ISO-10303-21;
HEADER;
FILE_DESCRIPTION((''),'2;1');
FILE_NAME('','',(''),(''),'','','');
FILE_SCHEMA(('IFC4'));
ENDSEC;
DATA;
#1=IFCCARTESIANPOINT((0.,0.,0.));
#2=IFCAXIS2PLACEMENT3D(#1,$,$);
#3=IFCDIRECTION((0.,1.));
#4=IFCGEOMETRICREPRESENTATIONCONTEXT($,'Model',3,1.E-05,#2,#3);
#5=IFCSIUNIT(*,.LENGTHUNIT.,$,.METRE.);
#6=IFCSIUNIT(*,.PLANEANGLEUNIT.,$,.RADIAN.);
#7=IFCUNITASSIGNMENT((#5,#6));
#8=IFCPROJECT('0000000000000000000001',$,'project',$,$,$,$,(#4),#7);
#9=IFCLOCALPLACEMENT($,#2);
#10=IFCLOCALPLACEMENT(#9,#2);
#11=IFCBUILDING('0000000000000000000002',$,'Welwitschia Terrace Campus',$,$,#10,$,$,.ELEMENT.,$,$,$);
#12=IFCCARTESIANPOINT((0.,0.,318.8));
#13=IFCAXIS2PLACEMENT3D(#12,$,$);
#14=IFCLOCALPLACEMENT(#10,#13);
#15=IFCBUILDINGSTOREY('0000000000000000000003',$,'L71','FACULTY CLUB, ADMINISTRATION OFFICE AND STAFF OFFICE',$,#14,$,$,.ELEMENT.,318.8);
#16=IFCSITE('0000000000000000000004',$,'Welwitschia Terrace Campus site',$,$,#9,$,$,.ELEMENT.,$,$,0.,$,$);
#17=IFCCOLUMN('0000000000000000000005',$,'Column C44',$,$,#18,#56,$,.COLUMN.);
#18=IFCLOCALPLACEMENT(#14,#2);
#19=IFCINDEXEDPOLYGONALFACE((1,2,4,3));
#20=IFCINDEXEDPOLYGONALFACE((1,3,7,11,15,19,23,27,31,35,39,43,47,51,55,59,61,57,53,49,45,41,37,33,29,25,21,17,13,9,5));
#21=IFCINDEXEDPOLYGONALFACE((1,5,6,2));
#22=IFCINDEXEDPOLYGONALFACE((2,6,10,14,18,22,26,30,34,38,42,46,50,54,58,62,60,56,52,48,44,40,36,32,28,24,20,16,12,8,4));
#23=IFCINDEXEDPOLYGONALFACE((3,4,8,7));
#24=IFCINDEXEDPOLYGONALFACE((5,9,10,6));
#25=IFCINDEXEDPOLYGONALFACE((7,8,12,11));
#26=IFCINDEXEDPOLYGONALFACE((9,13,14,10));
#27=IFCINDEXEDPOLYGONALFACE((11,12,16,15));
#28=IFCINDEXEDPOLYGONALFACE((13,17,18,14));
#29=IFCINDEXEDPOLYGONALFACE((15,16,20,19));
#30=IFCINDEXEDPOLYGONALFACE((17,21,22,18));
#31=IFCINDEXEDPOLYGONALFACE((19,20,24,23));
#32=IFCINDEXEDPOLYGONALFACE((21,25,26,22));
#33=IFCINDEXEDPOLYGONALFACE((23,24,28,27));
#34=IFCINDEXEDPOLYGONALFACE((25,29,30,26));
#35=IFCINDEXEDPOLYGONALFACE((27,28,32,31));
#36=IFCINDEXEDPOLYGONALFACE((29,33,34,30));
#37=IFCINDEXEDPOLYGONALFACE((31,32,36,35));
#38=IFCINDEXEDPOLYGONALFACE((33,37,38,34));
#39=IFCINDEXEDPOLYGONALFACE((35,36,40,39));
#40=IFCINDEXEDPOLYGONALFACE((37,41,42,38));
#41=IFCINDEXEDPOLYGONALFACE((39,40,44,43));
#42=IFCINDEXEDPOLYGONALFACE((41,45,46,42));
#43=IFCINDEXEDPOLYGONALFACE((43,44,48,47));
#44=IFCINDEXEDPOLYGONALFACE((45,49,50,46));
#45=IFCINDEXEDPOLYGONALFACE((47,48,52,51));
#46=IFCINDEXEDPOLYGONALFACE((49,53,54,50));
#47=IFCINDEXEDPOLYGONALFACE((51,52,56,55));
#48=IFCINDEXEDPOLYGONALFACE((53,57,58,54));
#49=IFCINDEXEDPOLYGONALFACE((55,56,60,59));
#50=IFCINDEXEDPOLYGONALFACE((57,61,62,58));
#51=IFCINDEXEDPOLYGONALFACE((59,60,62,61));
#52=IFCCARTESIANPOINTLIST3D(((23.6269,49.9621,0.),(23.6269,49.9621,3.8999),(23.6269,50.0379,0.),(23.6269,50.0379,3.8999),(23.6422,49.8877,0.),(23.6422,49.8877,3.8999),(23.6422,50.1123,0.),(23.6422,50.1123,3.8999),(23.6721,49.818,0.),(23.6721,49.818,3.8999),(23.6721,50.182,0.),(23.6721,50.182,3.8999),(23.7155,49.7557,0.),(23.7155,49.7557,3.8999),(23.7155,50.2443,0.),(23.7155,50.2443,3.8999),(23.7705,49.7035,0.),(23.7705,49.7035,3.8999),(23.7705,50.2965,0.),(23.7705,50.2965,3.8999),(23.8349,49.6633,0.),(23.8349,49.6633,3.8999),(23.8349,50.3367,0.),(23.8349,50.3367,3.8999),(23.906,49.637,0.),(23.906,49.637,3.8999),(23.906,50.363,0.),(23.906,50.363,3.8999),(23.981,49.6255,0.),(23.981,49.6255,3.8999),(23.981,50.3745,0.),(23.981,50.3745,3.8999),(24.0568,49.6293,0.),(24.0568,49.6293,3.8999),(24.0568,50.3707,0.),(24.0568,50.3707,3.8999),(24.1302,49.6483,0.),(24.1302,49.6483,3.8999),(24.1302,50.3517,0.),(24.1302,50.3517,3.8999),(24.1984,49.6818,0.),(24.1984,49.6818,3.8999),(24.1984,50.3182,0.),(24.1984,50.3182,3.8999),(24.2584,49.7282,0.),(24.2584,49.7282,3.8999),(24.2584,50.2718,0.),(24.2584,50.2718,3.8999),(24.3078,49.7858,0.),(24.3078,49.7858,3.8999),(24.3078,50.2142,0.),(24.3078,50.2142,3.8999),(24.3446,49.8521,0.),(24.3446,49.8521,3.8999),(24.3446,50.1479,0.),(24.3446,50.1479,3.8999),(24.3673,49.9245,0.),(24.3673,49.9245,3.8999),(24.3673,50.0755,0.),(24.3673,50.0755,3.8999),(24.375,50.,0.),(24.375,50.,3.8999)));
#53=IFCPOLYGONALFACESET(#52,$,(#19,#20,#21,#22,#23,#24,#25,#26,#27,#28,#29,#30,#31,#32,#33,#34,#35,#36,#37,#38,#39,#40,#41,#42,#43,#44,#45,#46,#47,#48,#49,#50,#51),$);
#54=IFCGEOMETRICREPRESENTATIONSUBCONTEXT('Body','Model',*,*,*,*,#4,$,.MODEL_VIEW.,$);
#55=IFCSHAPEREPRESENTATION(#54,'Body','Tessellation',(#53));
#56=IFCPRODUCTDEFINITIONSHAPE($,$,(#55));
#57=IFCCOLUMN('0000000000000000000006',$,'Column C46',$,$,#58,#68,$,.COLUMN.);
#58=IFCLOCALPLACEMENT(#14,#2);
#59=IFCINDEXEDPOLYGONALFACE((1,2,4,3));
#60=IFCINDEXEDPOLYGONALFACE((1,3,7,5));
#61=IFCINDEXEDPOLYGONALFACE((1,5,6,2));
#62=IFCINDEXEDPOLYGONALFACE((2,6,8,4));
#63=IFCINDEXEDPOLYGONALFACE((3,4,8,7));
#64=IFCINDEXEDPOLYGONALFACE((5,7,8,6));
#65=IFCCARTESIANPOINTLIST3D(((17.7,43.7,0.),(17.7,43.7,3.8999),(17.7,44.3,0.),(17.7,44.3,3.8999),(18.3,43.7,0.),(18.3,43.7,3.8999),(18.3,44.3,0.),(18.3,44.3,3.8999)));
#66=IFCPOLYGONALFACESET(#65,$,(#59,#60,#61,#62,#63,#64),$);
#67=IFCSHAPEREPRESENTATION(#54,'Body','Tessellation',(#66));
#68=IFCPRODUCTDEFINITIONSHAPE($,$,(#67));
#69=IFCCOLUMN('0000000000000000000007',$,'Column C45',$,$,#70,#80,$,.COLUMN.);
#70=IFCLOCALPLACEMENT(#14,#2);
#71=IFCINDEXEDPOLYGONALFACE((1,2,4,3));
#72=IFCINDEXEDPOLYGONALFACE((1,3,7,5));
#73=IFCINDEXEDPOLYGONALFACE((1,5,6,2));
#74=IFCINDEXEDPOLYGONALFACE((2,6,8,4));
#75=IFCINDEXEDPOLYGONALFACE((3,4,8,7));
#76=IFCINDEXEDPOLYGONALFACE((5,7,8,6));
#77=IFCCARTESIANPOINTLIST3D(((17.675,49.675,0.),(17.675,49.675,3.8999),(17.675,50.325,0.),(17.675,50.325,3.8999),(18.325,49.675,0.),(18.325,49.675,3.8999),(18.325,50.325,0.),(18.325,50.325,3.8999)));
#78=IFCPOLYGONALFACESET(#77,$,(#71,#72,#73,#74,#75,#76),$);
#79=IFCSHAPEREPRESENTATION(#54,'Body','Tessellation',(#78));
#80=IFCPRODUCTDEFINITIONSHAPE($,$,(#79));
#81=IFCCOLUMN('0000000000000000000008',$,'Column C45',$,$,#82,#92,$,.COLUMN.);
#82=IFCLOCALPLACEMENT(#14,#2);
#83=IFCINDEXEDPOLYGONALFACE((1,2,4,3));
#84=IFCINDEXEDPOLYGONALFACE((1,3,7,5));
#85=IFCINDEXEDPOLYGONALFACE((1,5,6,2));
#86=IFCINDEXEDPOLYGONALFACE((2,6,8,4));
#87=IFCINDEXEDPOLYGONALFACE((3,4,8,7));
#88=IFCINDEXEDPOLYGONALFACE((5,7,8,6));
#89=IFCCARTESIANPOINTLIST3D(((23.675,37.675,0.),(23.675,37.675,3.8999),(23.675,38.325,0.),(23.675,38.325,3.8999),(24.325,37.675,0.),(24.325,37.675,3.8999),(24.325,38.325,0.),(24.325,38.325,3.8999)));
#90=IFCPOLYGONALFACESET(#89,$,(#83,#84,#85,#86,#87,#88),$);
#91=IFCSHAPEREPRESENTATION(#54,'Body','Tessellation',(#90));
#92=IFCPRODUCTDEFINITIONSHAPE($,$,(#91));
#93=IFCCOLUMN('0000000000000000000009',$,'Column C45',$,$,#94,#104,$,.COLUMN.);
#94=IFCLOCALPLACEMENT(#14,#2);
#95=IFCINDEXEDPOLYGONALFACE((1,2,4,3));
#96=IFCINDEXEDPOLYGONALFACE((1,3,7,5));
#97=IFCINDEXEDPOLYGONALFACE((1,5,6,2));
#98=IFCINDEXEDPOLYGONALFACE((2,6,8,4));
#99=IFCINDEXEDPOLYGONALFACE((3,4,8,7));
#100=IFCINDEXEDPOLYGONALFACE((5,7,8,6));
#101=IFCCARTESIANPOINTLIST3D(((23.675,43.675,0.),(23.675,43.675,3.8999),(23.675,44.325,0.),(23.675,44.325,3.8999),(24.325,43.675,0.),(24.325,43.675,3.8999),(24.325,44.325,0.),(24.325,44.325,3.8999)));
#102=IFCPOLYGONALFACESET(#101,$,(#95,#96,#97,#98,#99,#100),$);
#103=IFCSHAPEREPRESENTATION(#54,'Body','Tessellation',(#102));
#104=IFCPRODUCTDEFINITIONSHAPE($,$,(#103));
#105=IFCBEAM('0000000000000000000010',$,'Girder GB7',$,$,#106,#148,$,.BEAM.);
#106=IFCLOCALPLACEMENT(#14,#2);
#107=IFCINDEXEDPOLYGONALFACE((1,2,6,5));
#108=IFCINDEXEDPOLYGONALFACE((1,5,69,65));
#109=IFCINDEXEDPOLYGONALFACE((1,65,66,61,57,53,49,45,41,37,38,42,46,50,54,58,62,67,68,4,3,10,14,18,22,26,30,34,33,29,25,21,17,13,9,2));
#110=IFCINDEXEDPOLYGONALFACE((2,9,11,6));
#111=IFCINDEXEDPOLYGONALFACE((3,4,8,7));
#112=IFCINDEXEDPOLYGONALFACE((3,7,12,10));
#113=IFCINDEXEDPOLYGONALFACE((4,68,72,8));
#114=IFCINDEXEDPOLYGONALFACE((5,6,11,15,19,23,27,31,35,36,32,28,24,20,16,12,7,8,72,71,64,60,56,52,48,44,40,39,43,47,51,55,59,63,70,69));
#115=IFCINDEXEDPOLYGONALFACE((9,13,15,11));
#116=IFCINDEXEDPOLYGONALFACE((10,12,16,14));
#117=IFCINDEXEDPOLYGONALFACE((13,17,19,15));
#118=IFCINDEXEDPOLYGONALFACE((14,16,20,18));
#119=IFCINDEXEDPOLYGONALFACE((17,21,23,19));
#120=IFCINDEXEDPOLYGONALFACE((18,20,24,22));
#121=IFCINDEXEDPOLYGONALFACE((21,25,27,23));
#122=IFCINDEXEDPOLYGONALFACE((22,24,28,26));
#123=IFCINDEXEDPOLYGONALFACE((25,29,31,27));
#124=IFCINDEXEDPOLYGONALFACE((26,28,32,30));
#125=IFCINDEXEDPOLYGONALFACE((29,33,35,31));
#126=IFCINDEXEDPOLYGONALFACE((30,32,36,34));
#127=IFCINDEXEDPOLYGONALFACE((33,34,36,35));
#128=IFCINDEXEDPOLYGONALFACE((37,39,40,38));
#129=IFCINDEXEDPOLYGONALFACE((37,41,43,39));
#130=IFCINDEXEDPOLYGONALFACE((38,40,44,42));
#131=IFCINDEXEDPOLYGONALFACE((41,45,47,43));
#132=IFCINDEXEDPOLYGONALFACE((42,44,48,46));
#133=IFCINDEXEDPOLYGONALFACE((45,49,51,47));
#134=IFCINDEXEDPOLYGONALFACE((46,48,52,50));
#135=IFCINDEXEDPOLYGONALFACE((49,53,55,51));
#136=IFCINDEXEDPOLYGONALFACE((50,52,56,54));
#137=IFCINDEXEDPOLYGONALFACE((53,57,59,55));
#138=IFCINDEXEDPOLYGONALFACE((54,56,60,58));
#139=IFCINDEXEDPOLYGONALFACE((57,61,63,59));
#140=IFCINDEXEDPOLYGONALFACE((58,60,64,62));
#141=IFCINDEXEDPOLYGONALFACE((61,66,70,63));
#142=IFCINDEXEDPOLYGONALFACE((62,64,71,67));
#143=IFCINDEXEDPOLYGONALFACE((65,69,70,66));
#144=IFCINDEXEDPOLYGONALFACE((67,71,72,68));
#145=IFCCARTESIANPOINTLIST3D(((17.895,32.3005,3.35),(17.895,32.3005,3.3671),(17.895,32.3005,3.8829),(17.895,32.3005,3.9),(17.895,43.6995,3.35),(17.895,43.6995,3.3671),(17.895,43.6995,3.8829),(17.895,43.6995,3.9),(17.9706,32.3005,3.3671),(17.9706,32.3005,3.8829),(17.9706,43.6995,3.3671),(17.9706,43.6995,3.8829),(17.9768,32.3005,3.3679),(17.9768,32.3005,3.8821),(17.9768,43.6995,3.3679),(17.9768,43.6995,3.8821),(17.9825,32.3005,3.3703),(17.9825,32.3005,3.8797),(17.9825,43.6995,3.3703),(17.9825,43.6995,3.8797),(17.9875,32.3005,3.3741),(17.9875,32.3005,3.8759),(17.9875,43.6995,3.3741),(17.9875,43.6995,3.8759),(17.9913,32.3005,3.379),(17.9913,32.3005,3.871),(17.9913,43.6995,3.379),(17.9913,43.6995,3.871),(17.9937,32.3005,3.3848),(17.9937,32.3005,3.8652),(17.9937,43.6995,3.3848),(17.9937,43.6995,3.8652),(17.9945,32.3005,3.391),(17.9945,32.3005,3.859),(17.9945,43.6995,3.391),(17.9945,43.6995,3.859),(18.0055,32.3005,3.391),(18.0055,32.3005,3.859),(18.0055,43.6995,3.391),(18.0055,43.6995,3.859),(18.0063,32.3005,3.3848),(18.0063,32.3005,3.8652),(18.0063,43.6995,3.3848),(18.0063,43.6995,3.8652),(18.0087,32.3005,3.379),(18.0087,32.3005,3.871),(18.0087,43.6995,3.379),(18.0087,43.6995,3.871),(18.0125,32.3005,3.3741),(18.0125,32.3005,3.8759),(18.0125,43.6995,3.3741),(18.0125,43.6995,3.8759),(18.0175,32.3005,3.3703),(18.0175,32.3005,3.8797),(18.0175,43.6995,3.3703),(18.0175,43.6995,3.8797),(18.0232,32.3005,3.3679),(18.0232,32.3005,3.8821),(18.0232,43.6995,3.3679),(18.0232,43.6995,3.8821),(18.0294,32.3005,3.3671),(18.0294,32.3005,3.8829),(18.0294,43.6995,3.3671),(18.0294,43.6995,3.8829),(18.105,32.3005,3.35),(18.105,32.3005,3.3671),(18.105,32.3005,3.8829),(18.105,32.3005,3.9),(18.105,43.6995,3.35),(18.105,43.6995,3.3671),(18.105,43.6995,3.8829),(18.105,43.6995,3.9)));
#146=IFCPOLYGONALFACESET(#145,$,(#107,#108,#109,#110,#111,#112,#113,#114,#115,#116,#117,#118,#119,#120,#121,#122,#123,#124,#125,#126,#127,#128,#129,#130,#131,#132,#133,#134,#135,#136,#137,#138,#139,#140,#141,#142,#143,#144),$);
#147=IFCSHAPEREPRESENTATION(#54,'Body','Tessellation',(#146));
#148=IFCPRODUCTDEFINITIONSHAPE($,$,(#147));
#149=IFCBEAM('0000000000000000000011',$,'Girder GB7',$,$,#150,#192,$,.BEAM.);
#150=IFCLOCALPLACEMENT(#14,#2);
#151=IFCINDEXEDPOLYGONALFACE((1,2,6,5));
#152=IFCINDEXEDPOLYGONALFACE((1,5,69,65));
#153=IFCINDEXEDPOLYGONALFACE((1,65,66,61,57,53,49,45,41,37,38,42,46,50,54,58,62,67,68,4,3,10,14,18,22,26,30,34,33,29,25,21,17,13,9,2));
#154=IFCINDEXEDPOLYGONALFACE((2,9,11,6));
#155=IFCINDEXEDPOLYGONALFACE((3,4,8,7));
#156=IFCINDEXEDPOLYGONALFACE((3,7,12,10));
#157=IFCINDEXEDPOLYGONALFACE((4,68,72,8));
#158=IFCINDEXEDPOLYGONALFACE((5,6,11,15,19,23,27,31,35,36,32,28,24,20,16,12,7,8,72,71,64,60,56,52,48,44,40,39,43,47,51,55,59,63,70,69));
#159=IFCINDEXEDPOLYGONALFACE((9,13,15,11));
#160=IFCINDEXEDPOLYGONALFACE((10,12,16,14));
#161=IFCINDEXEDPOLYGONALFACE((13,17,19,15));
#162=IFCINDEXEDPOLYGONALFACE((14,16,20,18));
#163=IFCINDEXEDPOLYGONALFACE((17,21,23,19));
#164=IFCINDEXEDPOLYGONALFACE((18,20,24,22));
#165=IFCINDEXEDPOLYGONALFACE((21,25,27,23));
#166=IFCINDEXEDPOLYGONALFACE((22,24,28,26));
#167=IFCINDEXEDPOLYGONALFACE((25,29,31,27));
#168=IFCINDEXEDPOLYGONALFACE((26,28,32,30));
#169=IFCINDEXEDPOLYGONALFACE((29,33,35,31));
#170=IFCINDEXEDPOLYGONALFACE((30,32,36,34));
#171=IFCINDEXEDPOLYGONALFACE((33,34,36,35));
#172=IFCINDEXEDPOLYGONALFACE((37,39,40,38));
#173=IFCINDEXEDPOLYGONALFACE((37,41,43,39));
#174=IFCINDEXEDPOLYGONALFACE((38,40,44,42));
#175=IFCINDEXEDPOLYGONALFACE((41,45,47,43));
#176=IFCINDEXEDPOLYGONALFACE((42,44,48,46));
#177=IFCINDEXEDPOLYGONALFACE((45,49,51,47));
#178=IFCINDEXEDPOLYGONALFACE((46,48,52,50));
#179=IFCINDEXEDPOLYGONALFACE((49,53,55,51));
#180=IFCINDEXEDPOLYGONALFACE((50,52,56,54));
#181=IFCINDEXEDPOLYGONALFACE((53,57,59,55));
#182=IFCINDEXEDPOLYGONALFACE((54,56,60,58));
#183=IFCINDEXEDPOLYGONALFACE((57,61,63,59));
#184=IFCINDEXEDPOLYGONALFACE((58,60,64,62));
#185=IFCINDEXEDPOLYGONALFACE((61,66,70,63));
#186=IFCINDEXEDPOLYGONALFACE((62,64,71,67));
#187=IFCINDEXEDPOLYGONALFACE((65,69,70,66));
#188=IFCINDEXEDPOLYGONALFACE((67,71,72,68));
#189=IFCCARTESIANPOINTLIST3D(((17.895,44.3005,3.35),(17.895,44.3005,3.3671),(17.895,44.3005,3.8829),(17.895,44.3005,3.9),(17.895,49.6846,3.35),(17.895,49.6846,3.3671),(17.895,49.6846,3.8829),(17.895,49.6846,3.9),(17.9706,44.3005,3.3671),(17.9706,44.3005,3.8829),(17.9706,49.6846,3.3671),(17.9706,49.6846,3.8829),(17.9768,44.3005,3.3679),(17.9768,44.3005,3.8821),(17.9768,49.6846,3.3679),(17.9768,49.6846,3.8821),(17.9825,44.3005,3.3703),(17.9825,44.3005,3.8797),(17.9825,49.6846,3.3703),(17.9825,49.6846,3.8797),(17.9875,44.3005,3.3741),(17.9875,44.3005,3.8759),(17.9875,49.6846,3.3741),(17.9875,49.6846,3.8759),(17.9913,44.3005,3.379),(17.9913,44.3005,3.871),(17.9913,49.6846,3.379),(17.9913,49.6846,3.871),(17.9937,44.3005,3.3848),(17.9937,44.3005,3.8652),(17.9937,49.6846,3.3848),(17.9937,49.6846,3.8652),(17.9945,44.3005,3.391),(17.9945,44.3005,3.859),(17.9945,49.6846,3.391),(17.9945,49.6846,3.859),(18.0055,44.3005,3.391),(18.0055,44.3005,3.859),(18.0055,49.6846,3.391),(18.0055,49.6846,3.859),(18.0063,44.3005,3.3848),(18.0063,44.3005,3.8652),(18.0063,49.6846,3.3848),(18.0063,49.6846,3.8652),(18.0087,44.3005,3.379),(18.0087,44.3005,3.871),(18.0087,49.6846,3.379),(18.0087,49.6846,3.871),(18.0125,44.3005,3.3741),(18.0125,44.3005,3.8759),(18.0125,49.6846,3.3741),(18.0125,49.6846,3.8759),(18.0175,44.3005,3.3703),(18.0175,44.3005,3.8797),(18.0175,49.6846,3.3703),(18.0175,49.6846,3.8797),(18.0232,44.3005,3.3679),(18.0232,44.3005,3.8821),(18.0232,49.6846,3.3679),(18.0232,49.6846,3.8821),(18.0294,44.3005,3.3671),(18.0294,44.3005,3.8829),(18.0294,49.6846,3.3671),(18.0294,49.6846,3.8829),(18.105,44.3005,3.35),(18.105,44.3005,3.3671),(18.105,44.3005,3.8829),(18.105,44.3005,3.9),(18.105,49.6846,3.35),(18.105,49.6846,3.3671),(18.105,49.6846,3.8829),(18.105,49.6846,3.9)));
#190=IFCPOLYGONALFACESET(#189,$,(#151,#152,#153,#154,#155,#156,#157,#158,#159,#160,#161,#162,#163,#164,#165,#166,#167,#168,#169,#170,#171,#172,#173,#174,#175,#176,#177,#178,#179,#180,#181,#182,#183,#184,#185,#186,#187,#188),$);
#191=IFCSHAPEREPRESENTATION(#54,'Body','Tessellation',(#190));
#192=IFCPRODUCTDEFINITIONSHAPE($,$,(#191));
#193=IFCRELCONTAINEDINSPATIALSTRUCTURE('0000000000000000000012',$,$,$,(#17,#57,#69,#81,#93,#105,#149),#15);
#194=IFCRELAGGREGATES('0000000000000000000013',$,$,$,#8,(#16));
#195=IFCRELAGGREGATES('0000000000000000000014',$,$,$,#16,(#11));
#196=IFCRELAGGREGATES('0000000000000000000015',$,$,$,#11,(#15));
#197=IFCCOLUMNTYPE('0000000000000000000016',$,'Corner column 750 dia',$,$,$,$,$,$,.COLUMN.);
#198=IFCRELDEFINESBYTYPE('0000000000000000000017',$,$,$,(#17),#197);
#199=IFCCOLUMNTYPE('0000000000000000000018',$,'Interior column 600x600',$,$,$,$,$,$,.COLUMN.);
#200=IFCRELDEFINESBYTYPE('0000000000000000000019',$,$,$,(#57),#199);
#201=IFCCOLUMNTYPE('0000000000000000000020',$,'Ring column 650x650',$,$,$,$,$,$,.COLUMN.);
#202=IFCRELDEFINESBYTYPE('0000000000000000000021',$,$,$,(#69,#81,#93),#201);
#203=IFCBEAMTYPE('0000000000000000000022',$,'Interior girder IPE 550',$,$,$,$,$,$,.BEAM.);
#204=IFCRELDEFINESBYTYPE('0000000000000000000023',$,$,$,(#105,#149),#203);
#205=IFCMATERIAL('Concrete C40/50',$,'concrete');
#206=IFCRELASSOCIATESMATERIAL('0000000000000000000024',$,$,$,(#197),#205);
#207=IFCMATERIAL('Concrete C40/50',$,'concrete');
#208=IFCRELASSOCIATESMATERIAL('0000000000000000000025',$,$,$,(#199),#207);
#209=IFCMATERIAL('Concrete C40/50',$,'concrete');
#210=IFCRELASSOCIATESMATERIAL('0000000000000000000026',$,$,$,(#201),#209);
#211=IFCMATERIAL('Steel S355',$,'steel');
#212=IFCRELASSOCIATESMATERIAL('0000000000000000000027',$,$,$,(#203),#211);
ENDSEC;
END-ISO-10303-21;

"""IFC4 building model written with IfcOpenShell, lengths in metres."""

from ifc_helpers import new_model, si_unit, direction, frame, origin, origin_2d, place, context, subcontext, project, spatial, rectangle, circle, i_section, extrude, material, material_profile, profile_set, type_object, element, save


model = new_model("IFC4")

# Units and contexts
model_context = context("Model", 3, precision=1e-05, world=origin(), true_north=direction((0.0, 1.0)))
body_context = subcontext(model_context, "Body", "Model", "MODEL_VIEW")
ifc_project = project(units=[si_unit("LENGTHUNIT", "METRE"), si_unit("PLANEANGLEUNIT", "RADIAN")], contexts=[model_context])

# Site, building, storey
site_placement = place(None, origin())
site = spatial("IfcSite", under=ifc_project, at=site_placement, Name="Welwitschia Terrace Campus site", CompositionType="ELEMENT", RefElevation=0.0)
building_placement = place(site_placement, origin())
building = spatial("IfcBuilding", under=site, at=building_placement, Name="Welwitschia Terrace Campus", CompositionType="ELEMENT")
storey_placement = place(building_placement, frame((0.0, 0.0, 318.8)))
storey = spatial("IfcBuildingStorey", under=building, at=storey_placement, Name="L71", Description="FACULTY CLUB, ADMINISTRATION OFFICE AND STAFF OFFICE", CompositionType="ELEMENT", Elevation=318.8)

# Columns
ifc_material_1 = material(Name="Concrete C40/50", Category="concrete")
ifc_material_profile_1 = material_profile(ifc_material_1, circle(Radius=0.375, at=origin_2d()))
ifc_profile_set_1 = profile_set([ifc_material_profile_1], Name="Concrete C40/50")
column_type_1 = type_object("IfcColumnType", Name="Corner column 750 dia", PredefinedType="COLUMN", material=ifc_profile_set_1)
column_1_placement = place(storey_placement, frame((24.0, 50.0, 0.0), z_axis=(0.0, 0.0, 1.0), x_axis=(1.0, 0.0, 0.0)))
element("IfcColumn", 1, at=column_1_placement, inside=storey, type_object=column_type_1, Name="Column C44", PredefinedType="COLUMN", context=body_context, shape_type="SweptSolid", body=[
    extrude(circle(Radius=0.375, at=origin_2d()), origin(), (0.0, 0.0, 1.0), 3.8999),
])
ifc_material_2 = material(Name="Concrete C40/50", Category="concrete")
ifc_material_profile_2 = material_profile(ifc_material_2, rectangle(XDim=0.6001, YDim=0.6001, at=origin_2d()))
ifc_profile_set_2 = profile_set([ifc_material_profile_2], Name="Concrete C40/50")
column_type_2 = type_object("IfcColumnType", Name="Interior column 600x600", PredefinedType="COLUMN", material=ifc_profile_set_2)
column_2_placement = place(storey_placement, frame((18.0, 44.0, 0.0), z_axis=(0.0, 0.0, 1.0), x_axis=(1.0, 0.0, 0.0)))
element("IfcColumn", 2, at=column_2_placement, inside=storey, type_object=column_type_2, Name="Column C46", PredefinedType="COLUMN", context=body_context, shape_type="SweptSolid", body=[
    extrude(rectangle(XDim=0.6001, YDim=0.6001, at=origin_2d()), origin(), (0.0, 0.0, 1.0), 3.8999),
])
ifc_material_3 = material(Name="Concrete C40/50", Category="concrete")
ifc_material_profile_3 = material_profile(ifc_material_3, rectangle(XDim=0.6499, YDim=0.6499, at=origin_2d()))
ifc_profile_set_3 = profile_set([ifc_material_profile_3], Name="Concrete C40/50")
column_type_3 = type_object("IfcColumnType", Name="Ring column 650x650", PredefinedType="COLUMN", material=ifc_profile_set_3)
for number, where, z_axis, x_axis, name in (
    (3, (18.0, 50.0, 0.0), (0.0, 0.0, 1.0), (1.0, 0.0, 0.0), "Column C45"),
    (4, (24.0, 38.0, 0.0), (0.0, 0.0, 1.0), (1.0, 0.0, 0.0), "Column C45"),
    (5, (24.0, 44.0, 0.0), (0.0, 0.0, 1.0), (1.0, 0.0, 0.0), "Column C45"),
):
    element("IfcColumn", number, at=place(storey_placement, frame(where, z_axis=z_axis, x_axis=x_axis)), inside=storey, type_object=column_type_3, Name=name, PredefinedType="COLUMN", context=body_context, shape_type="SweptSolid", body=[
        extrude(rectangle(XDim=0.6499, YDim=0.6499, at=origin_2d()), origin(), (0.0, 0.0, 1.0), 3.8999),
    ])

# Beams
ifc_material_4 = material(Name="Steel S355", Category="steel")
ifc_material_profile_4 = material_profile(ifc_material_4, i_section(OverallWidth=0.21, OverallDepth=0.55, WebThickness=0.011, FlangeThickness=0.0171, FilletRadius=0.0239, at=origin_2d()))
ifc_profile_set_4 = profile_set([ifc_material_profile_4], Name="Steel S355")
beam_type_1 = type_object("IfcBeamType", Name="Interior girder IPE 550", PredefinedType="BEAM", material=ifc_profile_set_4)
beam_1_placement = place(storey_placement, frame((18.0, 32.3005, 3.625), z_axis=(0.0, 1.0, 0.0), x_axis=(-1.0, 0.0, 0.0)))
element("IfcBeam", 6, at=beam_1_placement, inside=storey, type_object=beam_type_1, Name="Girder GB7", PredefinedType="BEAM", context=body_context, shape_type="SweptSolid", body=[
    extrude(i_section(OverallWidth=0.21, OverallDepth=0.55, WebThickness=0.011, FlangeThickness=0.0171, FilletRadius=0.0239, at=origin_2d()), origin(), (0.0, 0.0, 1.0), 11.3989),
])
beam_2_placement = place(storey_placement, frame((18.0, 44.3005, 3.625), z_axis=(0.0, 1.0, 0.0), x_axis=(-1.0, 0.0, 0.0)))
element("IfcBeam", 7, at=beam_2_placement, inside=storey, type_object=beam_type_1, Name="Girder GB7", PredefinedType="BEAM", context=body_context, shape_type="SweptSolid", body=[
    extrude(i_section(OverallWidth=0.21, OverallDepth=0.55, WebThickness=0.011, FlangeThickness=0.0171, FilletRadius=0.0239, at=origin_2d()), origin(), (0.0, 0.0, 1.0), 5.384),
])

save(model, "model.ifc")
